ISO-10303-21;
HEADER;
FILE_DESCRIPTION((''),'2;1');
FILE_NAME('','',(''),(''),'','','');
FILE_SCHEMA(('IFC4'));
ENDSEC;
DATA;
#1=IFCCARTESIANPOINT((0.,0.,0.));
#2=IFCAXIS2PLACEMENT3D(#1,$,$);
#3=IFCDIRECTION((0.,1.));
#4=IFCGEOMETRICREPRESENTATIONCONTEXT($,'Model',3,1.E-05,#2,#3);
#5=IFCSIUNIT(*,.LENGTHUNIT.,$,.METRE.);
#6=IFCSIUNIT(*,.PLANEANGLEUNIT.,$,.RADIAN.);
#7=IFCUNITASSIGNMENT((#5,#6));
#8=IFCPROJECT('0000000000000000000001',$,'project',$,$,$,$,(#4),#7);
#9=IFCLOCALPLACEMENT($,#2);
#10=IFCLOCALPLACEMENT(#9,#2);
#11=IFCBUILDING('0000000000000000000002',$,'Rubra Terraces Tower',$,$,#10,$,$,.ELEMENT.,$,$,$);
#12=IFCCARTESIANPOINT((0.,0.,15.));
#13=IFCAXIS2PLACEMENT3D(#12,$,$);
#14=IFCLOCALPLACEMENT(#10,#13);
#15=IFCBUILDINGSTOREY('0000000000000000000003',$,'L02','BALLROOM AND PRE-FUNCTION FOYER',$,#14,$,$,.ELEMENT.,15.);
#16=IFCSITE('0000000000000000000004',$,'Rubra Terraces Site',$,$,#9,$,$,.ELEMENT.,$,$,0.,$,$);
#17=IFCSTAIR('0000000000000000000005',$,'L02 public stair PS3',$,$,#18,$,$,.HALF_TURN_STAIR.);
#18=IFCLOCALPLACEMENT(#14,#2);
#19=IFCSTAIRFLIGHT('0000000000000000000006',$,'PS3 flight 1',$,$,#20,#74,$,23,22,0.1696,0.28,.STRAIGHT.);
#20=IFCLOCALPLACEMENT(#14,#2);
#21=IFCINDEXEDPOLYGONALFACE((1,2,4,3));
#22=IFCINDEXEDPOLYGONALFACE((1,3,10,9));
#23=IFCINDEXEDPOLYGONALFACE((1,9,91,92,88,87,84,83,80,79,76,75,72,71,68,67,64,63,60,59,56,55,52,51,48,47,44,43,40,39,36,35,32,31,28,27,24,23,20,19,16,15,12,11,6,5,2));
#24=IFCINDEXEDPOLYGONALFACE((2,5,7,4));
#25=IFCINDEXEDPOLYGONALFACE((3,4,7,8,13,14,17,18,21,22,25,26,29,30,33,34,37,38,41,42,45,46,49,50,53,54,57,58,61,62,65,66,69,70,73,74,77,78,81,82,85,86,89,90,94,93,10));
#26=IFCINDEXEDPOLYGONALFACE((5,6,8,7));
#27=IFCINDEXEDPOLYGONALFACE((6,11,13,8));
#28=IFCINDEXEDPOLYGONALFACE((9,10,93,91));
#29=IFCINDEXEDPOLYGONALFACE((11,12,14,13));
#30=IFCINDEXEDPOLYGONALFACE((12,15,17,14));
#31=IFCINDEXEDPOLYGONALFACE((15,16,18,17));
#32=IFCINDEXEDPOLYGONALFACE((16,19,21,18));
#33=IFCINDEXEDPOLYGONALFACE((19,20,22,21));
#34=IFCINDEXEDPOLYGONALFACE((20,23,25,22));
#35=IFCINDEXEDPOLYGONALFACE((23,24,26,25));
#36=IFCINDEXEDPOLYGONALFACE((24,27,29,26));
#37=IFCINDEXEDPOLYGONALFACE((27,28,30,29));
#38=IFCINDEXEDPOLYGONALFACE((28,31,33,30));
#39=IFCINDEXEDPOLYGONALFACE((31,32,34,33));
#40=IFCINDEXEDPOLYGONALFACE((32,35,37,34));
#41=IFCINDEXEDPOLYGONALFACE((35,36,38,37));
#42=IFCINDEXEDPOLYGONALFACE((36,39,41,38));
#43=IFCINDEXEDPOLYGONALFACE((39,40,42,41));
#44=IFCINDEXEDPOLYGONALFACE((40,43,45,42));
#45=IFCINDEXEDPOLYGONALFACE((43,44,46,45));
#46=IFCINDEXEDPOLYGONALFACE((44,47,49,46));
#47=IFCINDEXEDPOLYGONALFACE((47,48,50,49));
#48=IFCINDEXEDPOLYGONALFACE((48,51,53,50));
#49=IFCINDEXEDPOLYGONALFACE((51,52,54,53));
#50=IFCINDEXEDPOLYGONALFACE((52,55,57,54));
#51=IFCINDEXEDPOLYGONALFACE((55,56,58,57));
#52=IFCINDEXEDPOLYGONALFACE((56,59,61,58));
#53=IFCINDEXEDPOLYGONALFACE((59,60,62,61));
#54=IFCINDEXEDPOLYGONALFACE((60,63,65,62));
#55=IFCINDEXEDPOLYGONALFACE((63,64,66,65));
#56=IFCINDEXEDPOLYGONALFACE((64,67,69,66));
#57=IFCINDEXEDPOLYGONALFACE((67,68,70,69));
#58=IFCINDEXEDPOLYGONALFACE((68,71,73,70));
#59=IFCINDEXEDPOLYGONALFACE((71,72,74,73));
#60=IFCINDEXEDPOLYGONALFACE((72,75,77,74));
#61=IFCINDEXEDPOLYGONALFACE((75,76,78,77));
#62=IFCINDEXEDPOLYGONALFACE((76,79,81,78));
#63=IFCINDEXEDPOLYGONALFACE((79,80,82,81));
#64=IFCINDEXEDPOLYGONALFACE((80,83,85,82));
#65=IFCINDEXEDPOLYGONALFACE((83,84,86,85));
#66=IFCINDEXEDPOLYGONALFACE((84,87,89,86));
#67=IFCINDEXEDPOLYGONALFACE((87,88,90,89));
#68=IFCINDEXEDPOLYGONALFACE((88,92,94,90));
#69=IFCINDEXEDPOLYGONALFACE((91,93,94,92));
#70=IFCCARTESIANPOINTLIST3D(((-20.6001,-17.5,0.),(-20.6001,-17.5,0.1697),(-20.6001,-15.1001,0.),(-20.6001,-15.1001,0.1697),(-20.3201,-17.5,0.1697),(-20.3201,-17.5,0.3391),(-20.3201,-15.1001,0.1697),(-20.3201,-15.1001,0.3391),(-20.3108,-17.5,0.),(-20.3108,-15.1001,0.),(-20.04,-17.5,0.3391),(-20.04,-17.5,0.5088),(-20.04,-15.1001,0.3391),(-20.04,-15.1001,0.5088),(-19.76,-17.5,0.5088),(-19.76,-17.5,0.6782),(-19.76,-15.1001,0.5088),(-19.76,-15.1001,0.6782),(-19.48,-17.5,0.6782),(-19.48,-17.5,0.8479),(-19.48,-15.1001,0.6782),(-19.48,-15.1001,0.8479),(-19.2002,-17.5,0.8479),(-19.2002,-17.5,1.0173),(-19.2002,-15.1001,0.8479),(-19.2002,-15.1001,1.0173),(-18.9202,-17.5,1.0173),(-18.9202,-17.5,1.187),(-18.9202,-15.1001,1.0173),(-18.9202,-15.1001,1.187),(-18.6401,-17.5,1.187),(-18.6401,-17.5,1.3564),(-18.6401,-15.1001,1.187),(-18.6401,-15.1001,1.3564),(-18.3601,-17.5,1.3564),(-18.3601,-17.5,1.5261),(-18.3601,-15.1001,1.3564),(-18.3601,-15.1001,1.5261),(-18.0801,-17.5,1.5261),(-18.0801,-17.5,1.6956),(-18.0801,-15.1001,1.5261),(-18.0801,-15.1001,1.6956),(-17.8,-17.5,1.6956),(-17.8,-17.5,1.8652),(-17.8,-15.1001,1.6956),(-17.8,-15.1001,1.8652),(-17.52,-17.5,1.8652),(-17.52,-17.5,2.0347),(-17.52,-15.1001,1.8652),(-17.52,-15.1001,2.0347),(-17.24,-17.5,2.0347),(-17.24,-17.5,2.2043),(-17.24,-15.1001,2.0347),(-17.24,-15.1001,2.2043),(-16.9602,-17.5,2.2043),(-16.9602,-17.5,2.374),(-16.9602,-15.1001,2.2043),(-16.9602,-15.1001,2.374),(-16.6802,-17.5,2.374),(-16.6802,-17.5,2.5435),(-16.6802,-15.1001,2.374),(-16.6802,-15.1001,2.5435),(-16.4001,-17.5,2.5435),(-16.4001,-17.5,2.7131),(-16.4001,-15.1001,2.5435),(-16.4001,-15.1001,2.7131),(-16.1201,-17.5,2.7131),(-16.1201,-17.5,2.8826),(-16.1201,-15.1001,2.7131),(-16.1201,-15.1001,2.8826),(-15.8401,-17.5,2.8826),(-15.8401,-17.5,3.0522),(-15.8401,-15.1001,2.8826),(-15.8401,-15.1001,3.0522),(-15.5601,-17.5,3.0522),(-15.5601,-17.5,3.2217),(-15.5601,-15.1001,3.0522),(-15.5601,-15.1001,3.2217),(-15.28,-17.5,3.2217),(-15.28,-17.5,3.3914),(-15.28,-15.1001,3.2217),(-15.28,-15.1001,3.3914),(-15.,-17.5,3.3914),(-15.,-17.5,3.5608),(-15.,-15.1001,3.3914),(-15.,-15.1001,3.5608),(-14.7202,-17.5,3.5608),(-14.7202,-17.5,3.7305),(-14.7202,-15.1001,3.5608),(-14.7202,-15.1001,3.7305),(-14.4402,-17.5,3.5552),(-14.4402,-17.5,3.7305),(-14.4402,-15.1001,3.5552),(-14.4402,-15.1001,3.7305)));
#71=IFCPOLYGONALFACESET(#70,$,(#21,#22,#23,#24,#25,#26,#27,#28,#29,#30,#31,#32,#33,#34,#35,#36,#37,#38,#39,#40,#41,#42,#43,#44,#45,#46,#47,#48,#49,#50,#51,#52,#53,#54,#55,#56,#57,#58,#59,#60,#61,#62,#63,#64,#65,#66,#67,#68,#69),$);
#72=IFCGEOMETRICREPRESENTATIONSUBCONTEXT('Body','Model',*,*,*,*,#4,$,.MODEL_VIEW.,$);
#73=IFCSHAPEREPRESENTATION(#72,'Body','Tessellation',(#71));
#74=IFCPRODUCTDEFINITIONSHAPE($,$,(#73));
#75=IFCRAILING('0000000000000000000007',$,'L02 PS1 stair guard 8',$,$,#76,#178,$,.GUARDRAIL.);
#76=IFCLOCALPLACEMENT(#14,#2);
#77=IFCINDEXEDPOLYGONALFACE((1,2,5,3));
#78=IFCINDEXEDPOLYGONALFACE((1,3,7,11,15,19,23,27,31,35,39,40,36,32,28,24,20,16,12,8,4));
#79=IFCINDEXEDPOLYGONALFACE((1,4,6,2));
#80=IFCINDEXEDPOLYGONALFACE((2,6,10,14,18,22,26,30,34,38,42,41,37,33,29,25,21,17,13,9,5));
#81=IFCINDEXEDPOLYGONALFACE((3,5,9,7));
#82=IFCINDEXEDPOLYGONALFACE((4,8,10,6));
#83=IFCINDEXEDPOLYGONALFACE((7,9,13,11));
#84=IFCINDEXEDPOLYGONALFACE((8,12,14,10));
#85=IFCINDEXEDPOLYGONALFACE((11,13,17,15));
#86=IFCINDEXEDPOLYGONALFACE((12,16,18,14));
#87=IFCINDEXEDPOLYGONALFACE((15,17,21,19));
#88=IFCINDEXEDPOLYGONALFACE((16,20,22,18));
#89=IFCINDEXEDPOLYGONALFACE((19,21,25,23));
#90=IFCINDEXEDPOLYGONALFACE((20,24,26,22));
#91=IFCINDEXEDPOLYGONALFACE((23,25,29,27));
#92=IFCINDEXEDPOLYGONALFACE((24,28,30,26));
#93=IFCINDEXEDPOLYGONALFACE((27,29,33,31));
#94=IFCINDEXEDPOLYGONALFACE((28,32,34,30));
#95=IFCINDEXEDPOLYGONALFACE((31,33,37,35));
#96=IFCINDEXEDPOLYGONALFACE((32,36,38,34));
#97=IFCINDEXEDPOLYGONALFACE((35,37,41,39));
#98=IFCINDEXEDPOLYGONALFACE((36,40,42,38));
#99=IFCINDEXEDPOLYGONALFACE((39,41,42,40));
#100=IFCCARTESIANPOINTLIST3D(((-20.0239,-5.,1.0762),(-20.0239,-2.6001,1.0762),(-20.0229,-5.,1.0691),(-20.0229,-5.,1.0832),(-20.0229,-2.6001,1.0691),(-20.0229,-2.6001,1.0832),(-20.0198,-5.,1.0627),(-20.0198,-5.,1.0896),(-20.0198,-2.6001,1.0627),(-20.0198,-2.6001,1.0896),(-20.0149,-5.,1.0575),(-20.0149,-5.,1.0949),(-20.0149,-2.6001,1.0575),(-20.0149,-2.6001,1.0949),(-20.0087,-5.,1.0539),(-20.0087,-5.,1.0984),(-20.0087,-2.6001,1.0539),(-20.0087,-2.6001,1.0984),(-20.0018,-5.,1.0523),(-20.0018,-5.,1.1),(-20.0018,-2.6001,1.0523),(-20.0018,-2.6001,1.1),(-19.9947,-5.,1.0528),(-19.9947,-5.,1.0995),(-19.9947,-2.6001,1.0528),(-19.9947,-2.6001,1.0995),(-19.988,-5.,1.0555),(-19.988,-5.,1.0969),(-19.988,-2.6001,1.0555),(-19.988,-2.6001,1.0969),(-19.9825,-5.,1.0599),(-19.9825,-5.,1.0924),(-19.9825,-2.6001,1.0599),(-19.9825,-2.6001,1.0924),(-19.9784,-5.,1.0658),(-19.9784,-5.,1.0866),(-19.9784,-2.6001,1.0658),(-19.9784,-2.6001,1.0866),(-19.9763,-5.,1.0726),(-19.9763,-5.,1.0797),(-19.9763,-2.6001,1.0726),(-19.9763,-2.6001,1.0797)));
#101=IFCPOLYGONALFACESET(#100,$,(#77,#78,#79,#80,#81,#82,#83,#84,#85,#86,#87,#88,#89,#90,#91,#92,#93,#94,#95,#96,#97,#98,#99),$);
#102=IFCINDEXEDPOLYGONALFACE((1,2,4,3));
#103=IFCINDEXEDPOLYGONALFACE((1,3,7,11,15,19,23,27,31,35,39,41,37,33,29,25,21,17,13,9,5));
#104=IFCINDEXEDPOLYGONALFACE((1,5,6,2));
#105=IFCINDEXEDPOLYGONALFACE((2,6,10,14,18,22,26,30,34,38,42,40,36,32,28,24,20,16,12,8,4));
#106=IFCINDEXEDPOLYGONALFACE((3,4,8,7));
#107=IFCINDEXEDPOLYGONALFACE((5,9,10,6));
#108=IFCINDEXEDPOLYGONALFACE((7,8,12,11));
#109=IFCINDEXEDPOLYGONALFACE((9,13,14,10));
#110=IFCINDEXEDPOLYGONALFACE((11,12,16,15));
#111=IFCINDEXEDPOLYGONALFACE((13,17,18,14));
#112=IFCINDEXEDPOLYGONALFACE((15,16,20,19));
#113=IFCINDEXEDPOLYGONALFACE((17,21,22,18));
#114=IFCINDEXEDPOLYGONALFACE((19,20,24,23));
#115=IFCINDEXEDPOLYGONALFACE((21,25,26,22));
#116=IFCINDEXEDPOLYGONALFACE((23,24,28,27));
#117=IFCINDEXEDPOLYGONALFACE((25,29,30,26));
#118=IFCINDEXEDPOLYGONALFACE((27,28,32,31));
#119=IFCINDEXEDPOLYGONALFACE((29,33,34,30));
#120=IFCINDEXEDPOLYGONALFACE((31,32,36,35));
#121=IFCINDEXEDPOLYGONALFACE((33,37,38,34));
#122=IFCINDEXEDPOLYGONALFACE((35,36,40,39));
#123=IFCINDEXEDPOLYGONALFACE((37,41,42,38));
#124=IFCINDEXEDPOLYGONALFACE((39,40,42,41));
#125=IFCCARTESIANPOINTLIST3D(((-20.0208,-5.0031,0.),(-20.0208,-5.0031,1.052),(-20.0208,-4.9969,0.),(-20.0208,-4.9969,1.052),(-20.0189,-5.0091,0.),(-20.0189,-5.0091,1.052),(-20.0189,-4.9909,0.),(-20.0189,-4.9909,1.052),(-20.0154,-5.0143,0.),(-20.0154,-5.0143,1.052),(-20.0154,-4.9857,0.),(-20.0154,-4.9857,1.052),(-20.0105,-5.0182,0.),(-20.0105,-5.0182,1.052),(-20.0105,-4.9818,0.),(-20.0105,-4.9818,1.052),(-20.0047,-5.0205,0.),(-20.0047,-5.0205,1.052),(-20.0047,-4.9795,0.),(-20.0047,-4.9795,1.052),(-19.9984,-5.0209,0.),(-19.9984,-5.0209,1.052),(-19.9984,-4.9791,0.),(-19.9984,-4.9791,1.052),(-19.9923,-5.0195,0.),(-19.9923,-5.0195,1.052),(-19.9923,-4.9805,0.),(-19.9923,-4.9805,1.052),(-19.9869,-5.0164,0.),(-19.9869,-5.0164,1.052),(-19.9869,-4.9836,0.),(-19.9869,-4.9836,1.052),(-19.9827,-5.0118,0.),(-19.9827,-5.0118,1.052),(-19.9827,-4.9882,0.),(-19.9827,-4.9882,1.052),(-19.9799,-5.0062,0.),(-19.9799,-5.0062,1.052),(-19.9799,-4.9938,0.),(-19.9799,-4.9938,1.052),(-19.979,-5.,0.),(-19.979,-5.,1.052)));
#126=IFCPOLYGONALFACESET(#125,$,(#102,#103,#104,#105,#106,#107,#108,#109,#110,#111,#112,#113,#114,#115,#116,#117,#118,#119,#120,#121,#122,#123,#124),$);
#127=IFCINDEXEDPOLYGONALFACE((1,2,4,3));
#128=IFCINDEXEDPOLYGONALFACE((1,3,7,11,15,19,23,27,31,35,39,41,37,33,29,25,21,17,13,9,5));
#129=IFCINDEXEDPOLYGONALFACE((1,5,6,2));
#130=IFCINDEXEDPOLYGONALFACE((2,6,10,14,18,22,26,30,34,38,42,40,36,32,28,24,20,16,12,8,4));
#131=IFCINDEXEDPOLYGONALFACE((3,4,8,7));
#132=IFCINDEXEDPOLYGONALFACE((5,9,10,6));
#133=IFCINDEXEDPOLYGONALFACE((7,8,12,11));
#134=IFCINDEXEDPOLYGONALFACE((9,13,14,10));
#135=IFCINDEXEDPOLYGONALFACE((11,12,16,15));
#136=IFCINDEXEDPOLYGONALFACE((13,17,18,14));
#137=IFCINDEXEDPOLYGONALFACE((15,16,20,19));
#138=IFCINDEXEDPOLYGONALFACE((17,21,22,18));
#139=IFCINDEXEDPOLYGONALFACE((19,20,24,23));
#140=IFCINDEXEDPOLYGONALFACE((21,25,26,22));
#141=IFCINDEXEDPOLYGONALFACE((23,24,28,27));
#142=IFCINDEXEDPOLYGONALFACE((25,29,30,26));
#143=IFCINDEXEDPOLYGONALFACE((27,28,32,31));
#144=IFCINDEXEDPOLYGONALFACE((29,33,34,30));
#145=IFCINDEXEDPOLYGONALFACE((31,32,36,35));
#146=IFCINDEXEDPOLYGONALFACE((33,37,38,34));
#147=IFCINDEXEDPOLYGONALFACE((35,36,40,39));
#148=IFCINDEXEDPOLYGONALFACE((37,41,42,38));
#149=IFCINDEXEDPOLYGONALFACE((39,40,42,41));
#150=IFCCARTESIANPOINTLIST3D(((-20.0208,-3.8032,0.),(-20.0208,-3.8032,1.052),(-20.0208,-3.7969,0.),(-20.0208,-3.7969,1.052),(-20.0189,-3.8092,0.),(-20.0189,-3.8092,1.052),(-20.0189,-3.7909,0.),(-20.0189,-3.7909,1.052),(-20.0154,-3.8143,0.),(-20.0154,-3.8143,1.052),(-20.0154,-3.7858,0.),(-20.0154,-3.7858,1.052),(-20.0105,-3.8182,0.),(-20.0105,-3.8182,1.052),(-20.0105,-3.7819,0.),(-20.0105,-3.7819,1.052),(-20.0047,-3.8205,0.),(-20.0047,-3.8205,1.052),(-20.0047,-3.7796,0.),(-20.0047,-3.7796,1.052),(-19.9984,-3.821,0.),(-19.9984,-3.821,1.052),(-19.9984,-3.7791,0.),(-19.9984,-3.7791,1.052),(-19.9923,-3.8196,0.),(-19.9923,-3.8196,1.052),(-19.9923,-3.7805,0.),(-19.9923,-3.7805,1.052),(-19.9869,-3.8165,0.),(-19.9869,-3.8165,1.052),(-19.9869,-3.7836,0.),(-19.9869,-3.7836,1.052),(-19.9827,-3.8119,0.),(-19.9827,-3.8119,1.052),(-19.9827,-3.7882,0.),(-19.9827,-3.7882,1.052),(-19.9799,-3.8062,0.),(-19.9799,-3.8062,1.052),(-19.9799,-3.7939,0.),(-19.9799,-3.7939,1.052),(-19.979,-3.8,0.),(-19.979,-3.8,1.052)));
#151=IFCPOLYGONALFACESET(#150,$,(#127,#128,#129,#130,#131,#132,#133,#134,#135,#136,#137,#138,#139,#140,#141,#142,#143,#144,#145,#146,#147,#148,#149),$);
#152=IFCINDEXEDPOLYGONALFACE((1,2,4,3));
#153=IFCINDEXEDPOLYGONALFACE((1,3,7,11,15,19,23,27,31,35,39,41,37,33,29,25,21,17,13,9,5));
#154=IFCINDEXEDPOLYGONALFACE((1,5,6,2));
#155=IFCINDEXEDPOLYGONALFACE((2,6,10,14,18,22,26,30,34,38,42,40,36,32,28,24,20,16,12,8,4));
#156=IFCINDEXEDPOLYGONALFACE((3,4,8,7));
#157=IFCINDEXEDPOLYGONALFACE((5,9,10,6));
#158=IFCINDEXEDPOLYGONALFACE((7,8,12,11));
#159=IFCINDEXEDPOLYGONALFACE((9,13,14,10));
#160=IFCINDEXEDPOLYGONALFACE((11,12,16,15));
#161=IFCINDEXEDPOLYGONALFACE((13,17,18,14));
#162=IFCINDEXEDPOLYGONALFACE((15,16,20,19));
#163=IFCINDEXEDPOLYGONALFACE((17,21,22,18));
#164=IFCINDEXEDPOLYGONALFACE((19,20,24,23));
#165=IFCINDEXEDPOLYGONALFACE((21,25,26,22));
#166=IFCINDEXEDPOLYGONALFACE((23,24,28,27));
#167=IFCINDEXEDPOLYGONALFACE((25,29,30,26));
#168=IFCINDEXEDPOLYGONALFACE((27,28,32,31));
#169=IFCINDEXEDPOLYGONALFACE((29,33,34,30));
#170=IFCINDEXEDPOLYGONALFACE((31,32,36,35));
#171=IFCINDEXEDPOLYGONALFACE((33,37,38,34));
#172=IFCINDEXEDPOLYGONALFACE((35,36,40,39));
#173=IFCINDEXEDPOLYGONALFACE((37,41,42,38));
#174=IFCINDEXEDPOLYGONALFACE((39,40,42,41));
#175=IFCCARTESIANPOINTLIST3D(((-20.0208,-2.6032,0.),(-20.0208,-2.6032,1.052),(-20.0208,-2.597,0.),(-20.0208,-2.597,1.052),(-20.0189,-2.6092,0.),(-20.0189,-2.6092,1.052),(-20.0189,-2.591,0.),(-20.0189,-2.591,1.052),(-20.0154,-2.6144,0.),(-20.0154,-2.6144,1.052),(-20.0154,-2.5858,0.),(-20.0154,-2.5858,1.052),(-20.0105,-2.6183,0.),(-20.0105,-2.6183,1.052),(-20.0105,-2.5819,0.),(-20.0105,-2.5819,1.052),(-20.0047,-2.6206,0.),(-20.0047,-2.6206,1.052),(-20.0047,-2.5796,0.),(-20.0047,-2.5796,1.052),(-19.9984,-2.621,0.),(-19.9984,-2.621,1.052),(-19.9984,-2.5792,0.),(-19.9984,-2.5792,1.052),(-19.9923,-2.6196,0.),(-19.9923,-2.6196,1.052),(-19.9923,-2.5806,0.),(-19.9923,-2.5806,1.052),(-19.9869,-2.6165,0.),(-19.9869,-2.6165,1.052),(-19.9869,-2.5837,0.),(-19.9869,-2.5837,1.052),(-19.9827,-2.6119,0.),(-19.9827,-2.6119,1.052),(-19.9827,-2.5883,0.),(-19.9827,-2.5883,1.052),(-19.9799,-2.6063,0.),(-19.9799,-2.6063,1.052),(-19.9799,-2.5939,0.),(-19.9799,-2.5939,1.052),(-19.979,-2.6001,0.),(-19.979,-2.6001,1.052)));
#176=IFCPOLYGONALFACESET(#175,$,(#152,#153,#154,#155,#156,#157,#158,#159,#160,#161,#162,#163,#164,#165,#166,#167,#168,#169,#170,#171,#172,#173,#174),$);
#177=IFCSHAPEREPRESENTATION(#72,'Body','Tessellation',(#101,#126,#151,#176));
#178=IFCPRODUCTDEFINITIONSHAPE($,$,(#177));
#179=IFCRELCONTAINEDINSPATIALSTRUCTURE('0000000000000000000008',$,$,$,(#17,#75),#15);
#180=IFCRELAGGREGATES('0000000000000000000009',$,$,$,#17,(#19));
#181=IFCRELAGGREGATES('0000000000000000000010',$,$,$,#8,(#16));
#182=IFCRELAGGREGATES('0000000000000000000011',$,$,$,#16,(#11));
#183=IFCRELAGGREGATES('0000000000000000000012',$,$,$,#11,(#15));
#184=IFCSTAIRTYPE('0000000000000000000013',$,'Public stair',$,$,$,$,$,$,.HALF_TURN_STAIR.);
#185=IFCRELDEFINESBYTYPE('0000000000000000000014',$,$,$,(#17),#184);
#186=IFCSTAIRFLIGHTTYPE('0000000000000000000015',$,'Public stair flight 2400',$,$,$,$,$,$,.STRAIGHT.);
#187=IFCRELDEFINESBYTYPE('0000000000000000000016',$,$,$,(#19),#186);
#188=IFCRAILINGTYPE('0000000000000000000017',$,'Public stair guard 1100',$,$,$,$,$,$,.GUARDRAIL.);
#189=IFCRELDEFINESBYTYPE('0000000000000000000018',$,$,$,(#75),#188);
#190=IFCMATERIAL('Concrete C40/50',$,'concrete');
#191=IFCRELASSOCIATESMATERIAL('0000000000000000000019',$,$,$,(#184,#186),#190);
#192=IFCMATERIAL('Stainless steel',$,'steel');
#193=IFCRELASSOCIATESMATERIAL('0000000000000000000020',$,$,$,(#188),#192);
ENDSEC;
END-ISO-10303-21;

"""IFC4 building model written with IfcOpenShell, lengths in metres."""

from ifc_helpers import new_model, si_unit, direction, frame, origin, origin_2d, place, context, subcontext, project, spatial, polyline, circle, outline, extrude, material, type_object, element, aggregate, save


model = new_model("IFC4")

# Units and contexts
model_context = context("Model", 3, precision=1e-05, world=origin(), true_north=direction((0.0, 1.0)))
body_context = subcontext(model_context, "Body", "Model", "MODEL_VIEW")
ifc_project = project(units=[si_unit("LENGTHUNIT", "METRE"), si_unit("PLANEANGLEUNIT", "RADIAN")], contexts=[model_context])

# Site, building, storey
site_placement = place(None, origin())
site = spatial("IfcSite", under=ifc_project, at=site_placement, Name="Rubra Terraces Site", CompositionType="ELEMENT", RefElevation=0.0)
building_placement = place(site_placement, origin())
building = spatial("IfcBuilding", under=site, at=building_placement, Name="Rubra Terraces Tower", CompositionType="ELEMENT")
storey_placement = place(building_placement, frame((0.0, 0.0, 15.0)))
storey = spatial("IfcBuildingStorey", under=building, at=storey_placement, Name="L02", Description="BALLROOM AND PRE-FUNCTION FOYER", CompositionType="ELEMENT", Elevation=15.0)

# Shared definitions
ifc_material_1 = material(Name="Concrete C40/50", Category="concrete")

# Stair, stair flight
stair_type = type_object("IfcStairType", Name="Public stair", PredefinedType="HALF_TURN_STAIR", material=ifc_material_1)
stair_placement = place(storey_placement, origin())
stair = element("IfcStair", 1, at=stair_placement, inside=storey, type_object=stair_type, Name="L02 public stair PS3", PredefinedType="HALF_TURN_STAIR")
stair_flight_type = type_object("IfcStairFlightType", Name="Public stair flight 2400", PredefinedType="STRAIGHT", material=ifc_material_1)
stair_flight_placement = place(storey_placement, frame((-20.6001, -16.3, 0.0), z_axis=(0.0, 0.0, 1.0), x_axis=(1.0, 0.0, 0.0)))
stair_flight = element("IfcStairFlight", 2, at=stair_flight_placement, type_object=stair_flight_type, Name="PS3 flight 1", NumberOfRisers=23, NumberOfTreads=22, PredefinedType="STRAIGHT", RiserHeight=0.1696, TreadLength=0.28, context=body_context, shape_type="SweptSolid", body=[
    extrude(outline(polyline([(0.0, 0.0), (0.0, 0.1697), (0.28, 0.1697), (0.28, 0.3391), (0.5601, 0.3391), (0.5601, 0.5088), (0.8401, 0.5088), (0.8401, 0.6782), (1.1201, 0.6782), (1.1201, 0.8479), (1.3999, 0.8479), (1.3999, 1.0173), (1.6799, 1.0173), (1.6799, 1.187), (1.96, 1.187), (1.96, 1.3564), (2.24, 1.3564), (2.24, 1.5261), (2.52, 1.5261), (2.52, 1.6956), (2.8, 1.6956), (2.8, 1.8652), (3.0801, 1.8652), (3.0801, 2.0347), (3.3601, 2.0347), (3.3601, 2.2043), (3.6399, 2.2043), (3.6399, 2.374), (3.9199, 2.374), (3.9199, 2.5435), (4.2, 2.5435), (4.2, 2.7131), (4.48, 2.7131), (4.48, 2.8826), (4.76, 2.8826), (4.76, 3.0522), (5.04, 3.0522), (5.04, 3.2217), (5.3201, 3.2217), (5.3201, 3.3914), (5.6001, 3.3914), (5.6001, 3.5608), (5.8799, 3.5608), (5.8799, 3.7305), (6.1599, 3.7305), (6.1599, 3.8999), (6.1599, 3.5552), (0.2893, 0.0), (0.0, 0.0)])), frame((0.0, 1.2, 0.0), z_axis=(0.0, -1.0, 0.0), x_axis=(1.0, 0.0, 0.0)), (0.0, 0.0, 1.0), 2.3999),
])
aggregate(stair, [stair_flight])

# Railing
ifc_material_2 = material(Name="Stainless steel", Category="steel")
railing_type_1 = type_object("IfcRailingType", Name="Public stair guard 1100", PredefinedType="GUARDRAIL", material=ifc_material_2)
railing_1_placement = place(storey_placement, frame((-20.0, -5.0, 0.0)))
element("IfcRailing", 3, at=railing_1_placement, inside=storey, type_object=railing_type_1, Name="L02 PS1 stair guard 8", PredefinedType="GUARDRAIL", context=body_context, shape_type="SweptSolid", body=[
    extrude(circle(Radius=0.0239, at=origin_2d()), frame((0.0, 0.0, 1.0762), z_axis=(0.0, 1.0, 0.0), x_axis=(-1.0, 0.0, 0.0)), (0.0, 0.0, 1.0), 2.3999),
    extrude(circle(Radius=0.021, at=origin_2d()), origin(), (0.0, 0.0, 1.0), 1.052),
    extrude(circle(Radius=0.021, at=origin_2d()), frame((0.0, 1.2, 0.0)), (0.0, 0.0, 1.0), 1.052),
    extrude(circle(Radius=0.021, at=origin_2d()), frame((0.0, 2.3999, 0.0)), (0.0, 0.0, 1.0), 1.052),
])

save(model, "model.ifc")
